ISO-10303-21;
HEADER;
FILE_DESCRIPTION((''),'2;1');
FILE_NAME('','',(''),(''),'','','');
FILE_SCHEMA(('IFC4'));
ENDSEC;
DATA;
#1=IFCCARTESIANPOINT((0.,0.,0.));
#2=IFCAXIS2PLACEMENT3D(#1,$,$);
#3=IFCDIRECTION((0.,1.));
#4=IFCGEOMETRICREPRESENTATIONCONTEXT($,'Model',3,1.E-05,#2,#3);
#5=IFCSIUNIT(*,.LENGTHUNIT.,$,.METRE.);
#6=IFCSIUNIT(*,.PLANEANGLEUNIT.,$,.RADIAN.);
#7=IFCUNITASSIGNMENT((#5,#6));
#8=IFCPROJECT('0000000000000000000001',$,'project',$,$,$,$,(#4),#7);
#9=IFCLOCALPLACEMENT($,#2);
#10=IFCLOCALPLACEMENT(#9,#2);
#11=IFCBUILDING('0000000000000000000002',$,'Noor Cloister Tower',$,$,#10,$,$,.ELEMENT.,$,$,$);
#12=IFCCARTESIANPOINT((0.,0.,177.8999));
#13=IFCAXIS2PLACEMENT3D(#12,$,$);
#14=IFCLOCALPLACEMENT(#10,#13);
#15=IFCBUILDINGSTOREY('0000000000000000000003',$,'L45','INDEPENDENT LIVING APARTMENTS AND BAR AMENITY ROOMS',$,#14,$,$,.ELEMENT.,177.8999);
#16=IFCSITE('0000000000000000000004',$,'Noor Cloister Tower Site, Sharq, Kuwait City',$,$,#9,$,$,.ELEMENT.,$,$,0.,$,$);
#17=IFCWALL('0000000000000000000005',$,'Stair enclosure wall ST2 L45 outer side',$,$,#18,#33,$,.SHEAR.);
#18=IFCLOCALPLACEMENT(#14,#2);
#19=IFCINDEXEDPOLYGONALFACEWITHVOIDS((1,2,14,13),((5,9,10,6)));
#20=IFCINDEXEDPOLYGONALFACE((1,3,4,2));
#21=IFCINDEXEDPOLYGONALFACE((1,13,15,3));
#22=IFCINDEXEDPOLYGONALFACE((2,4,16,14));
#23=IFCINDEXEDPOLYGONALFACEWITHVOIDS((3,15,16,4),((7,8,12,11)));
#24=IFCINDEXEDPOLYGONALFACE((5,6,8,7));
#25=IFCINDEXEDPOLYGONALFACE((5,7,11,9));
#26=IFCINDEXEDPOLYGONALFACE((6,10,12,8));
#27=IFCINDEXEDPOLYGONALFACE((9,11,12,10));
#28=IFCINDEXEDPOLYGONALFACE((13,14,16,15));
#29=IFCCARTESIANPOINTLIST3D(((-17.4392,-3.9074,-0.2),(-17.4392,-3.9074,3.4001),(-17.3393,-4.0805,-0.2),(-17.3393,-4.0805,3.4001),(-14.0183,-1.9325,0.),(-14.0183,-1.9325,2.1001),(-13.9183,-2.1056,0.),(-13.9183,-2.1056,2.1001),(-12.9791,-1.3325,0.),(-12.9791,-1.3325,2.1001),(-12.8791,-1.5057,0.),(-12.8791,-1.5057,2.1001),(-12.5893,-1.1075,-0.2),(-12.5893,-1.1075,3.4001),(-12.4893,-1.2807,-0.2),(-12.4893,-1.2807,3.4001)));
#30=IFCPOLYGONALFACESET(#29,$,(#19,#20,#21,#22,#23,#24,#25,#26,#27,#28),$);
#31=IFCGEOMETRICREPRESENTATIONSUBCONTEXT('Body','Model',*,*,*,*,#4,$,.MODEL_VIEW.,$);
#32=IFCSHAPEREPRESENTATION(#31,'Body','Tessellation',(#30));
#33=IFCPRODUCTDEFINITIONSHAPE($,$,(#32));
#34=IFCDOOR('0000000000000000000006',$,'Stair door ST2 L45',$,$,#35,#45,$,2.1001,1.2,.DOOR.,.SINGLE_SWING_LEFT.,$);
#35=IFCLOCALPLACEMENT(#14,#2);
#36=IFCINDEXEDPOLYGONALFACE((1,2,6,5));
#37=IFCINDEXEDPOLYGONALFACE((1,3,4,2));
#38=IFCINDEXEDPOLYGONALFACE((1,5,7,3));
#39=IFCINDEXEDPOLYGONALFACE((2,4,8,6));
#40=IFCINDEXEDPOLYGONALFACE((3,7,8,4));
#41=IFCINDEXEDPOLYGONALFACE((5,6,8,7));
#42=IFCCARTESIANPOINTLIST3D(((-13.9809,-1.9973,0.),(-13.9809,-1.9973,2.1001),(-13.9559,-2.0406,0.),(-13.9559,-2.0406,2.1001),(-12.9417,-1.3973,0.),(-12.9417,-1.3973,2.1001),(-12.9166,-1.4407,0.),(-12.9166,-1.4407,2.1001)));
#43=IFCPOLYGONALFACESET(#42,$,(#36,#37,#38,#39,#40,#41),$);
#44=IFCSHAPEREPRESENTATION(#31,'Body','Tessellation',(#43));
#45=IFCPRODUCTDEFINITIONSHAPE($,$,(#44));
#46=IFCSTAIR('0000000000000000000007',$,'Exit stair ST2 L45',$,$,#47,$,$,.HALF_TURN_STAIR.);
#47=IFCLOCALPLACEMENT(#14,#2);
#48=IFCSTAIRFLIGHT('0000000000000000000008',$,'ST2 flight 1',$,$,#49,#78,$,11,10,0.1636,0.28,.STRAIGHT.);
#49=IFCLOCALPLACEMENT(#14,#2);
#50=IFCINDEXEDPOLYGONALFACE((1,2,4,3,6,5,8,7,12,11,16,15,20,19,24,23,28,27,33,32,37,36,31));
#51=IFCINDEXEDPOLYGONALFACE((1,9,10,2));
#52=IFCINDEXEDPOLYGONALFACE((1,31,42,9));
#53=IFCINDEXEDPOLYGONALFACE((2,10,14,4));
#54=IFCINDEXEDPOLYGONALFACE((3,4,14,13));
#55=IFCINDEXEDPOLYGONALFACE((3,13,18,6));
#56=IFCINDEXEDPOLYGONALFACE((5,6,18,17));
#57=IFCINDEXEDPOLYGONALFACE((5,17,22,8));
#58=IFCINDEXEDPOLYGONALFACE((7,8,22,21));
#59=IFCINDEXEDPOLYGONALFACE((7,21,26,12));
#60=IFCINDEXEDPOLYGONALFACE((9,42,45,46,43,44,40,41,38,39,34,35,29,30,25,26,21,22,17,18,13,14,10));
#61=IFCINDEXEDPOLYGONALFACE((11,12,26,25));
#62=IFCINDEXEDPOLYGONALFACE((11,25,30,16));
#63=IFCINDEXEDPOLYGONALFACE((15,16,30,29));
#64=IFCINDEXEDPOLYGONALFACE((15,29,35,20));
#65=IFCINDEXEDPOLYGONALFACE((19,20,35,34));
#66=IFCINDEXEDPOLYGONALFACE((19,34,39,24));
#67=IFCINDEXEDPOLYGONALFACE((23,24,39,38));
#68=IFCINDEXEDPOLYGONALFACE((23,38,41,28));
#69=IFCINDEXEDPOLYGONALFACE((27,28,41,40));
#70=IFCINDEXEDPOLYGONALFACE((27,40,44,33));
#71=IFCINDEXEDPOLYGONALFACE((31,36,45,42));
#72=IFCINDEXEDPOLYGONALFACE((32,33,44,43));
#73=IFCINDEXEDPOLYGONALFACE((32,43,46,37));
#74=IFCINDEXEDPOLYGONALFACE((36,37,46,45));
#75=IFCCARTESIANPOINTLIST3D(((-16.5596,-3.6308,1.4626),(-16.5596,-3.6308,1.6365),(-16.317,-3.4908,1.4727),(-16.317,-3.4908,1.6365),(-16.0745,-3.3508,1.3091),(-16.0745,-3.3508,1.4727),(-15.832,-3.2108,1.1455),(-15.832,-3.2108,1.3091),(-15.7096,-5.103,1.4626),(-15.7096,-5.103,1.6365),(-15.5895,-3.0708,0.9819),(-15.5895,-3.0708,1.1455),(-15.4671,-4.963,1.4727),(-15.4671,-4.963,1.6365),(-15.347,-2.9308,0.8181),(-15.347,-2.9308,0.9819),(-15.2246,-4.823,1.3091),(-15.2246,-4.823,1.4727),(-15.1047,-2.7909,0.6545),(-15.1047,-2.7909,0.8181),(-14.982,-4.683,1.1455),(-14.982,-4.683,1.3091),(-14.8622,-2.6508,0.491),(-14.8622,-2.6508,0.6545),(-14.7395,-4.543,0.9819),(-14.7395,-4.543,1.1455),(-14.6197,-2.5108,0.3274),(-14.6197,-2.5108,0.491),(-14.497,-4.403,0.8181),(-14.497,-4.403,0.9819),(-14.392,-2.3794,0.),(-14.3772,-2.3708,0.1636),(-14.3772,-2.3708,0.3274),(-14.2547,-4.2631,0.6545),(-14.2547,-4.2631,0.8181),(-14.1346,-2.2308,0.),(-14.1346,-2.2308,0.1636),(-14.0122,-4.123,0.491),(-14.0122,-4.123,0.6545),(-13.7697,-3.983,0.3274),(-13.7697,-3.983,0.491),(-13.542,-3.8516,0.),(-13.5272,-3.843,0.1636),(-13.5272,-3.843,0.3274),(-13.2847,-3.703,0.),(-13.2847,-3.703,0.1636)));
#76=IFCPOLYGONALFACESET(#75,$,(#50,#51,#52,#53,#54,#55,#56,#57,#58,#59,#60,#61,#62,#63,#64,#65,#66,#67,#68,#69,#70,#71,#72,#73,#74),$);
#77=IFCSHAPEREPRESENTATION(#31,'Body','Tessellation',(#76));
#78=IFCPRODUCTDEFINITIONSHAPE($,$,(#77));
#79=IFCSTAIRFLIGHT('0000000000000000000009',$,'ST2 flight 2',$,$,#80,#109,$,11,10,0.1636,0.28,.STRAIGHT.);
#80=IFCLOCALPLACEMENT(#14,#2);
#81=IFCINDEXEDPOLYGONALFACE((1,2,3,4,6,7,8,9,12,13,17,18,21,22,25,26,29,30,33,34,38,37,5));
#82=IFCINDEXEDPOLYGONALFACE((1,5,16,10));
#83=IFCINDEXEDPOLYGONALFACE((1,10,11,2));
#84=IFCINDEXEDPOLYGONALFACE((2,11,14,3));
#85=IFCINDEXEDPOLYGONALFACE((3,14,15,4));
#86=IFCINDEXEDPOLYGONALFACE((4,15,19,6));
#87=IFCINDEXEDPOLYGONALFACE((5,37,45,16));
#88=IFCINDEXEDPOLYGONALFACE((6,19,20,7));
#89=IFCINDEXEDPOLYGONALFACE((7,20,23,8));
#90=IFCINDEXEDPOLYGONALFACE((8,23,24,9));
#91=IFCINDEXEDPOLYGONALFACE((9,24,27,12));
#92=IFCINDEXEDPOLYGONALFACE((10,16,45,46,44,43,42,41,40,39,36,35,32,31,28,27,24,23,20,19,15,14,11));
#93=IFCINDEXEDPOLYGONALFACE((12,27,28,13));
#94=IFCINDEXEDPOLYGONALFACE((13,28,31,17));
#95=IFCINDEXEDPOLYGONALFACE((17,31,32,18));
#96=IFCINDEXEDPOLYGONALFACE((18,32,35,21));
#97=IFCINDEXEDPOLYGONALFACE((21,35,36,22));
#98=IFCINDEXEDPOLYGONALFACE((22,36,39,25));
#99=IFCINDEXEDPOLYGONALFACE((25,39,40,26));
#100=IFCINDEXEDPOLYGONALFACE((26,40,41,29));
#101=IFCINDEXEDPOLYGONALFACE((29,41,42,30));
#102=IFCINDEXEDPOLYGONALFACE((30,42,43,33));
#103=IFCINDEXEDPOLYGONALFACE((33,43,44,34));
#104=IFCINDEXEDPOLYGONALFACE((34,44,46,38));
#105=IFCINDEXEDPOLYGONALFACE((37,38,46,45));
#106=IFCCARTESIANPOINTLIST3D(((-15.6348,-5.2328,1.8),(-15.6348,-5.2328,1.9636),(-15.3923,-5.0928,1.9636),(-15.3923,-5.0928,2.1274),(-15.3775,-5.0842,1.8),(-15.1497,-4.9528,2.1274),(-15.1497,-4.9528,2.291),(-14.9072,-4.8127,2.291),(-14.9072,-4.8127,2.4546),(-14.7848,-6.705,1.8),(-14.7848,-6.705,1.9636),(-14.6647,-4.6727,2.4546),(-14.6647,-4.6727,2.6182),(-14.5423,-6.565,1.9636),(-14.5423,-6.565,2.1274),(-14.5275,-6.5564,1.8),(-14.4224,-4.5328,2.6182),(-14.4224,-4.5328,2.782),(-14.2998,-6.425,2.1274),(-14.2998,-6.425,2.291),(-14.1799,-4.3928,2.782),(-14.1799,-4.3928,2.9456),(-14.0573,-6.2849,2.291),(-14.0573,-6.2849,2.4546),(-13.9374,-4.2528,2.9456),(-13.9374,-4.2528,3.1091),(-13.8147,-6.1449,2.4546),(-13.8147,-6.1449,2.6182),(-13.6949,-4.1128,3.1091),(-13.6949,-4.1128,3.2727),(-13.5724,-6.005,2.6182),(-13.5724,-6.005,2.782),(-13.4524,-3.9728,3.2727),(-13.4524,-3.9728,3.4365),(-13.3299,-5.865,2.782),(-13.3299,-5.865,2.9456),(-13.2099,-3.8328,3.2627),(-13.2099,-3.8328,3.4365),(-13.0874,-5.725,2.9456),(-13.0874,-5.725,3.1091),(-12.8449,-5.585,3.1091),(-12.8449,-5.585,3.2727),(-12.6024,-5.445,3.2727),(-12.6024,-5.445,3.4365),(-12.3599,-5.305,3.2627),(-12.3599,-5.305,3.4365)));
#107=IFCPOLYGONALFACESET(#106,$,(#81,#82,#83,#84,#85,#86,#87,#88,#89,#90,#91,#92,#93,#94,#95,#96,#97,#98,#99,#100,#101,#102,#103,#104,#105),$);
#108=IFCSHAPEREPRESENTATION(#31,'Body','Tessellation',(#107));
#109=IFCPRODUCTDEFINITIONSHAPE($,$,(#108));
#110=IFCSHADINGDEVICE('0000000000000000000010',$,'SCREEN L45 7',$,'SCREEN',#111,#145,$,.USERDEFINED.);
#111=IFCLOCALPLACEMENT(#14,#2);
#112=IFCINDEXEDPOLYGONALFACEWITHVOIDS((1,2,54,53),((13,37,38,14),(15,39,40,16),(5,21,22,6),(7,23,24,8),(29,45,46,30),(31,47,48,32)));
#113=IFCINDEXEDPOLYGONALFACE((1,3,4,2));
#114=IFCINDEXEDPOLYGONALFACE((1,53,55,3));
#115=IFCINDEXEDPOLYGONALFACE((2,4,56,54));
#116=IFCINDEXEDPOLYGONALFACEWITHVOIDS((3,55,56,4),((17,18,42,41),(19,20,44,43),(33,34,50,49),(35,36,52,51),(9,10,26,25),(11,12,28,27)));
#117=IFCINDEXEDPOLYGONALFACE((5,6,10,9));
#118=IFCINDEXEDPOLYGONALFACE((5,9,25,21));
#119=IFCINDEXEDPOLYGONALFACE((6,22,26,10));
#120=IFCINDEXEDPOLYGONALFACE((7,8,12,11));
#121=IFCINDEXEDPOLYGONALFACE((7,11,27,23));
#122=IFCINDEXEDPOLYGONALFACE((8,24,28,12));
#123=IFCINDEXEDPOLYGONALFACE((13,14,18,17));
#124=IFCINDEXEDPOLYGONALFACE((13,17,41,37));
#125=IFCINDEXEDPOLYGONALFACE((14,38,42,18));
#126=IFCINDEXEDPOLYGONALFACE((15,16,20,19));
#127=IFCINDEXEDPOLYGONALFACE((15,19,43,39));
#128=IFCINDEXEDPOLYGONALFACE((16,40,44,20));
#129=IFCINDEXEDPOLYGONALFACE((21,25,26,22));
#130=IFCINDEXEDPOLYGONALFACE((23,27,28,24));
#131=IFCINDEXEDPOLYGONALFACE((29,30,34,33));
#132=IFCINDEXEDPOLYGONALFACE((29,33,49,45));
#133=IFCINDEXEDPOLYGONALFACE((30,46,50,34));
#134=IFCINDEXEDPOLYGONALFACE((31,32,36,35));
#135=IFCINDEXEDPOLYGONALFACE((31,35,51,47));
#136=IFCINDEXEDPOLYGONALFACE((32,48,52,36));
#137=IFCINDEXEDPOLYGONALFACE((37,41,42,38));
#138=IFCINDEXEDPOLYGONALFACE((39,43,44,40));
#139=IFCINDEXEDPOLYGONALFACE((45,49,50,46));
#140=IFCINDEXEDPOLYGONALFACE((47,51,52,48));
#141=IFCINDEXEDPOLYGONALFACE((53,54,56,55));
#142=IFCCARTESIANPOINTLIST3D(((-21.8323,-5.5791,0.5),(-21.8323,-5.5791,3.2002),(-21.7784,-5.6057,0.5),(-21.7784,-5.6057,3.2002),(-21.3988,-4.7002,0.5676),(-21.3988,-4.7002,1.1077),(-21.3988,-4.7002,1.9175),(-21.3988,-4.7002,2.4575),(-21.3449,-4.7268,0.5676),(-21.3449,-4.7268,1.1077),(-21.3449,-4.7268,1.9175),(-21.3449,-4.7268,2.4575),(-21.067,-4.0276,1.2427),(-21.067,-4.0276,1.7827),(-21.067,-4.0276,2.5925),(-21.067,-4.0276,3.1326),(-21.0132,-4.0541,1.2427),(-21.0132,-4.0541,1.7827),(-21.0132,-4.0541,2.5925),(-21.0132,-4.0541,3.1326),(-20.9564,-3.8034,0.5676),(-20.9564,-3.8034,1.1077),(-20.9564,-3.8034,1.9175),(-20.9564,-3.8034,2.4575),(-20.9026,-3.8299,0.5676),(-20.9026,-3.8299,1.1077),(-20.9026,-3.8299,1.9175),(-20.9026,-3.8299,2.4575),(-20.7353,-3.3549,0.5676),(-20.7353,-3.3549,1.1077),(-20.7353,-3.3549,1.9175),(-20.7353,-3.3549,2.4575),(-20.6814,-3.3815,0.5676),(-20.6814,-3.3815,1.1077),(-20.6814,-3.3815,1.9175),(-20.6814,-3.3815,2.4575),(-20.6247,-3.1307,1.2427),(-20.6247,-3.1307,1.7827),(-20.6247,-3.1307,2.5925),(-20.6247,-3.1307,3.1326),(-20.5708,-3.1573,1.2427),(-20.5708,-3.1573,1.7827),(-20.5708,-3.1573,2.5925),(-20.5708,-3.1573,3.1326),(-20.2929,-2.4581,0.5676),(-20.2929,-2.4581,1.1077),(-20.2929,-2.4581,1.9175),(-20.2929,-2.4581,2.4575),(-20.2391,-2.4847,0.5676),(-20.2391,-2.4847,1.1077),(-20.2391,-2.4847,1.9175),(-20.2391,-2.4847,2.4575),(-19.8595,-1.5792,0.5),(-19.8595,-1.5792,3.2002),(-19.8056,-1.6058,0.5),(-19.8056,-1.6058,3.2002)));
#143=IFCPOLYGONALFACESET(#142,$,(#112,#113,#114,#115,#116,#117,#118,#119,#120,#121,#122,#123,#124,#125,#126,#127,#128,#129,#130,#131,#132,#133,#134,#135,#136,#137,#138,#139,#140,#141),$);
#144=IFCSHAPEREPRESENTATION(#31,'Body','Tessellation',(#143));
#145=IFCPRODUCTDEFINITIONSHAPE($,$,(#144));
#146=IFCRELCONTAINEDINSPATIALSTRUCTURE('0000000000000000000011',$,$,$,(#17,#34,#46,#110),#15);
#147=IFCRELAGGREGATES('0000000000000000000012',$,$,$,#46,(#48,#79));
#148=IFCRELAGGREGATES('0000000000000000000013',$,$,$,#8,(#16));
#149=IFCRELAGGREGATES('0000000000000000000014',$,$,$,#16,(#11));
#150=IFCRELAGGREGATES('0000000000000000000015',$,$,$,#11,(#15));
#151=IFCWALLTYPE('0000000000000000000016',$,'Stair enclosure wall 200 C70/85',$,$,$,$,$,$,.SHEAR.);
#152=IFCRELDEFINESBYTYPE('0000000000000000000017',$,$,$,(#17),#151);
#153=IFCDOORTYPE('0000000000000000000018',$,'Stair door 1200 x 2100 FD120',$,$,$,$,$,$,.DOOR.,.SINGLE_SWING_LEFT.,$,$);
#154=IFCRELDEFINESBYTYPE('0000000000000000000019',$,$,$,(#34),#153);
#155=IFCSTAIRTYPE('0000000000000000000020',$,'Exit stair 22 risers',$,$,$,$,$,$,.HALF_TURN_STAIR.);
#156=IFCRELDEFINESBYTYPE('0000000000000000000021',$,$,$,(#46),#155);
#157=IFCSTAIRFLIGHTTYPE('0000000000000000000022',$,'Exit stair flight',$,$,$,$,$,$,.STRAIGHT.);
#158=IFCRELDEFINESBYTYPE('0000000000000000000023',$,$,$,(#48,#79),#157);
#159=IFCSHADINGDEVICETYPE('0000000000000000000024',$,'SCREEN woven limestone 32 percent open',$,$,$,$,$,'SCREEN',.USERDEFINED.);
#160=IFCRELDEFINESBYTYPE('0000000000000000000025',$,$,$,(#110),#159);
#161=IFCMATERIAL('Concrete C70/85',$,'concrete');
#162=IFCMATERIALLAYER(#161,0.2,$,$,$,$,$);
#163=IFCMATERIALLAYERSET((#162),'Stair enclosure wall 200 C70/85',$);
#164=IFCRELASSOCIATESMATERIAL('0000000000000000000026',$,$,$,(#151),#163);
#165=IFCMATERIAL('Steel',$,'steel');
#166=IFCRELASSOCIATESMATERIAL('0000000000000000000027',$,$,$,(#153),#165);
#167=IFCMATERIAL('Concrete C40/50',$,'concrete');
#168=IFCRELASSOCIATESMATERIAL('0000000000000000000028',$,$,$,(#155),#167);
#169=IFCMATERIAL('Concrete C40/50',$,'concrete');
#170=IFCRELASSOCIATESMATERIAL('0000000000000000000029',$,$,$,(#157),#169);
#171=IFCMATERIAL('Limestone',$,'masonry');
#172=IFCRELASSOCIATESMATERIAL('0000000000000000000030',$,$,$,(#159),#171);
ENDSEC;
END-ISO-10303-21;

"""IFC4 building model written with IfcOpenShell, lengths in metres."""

from ifc_helpers import new_model, si_unit, direction, frame, frame_2d, origin, place, context, subcontext, project, spatial, polyline, rectangle, outline, extrude, material, layer, layer_set, material_profile, profile_set, type_object, element, fill, aggregate, save


model = new_model("IFC4")

# Units and contexts
model_context = context("Model", 3, precision=1e-05, world=origin(), true_north=direction((0.0, 1.0)))
body_context = subcontext(model_context, "Body", "Model", "MODEL_VIEW")
ifc_project = project(units=[si_unit("LENGTHUNIT", "METRE"), si_unit("PLANEANGLEUNIT", "RADIAN")], contexts=[model_context])

# Site, building, storey
site_placement = place(None, origin())
site = spatial("IfcSite", under=ifc_project, at=site_placement, Name="Noor Cloister Tower Site, Sharq, Kuwait City", CompositionType="ELEMENT", RefElevation=0.0)
building_placement = place(site_placement, origin())
building = spatial("IfcBuilding", under=site, at=building_placement, Name="Noor Cloister Tower", CompositionType="ELEMENT")
storey_placement = place(building_placement, frame((0.0, 0.0, 177.8999)))
storey = spatial("IfcBuildingStorey", under=building, at=storey_placement, Name="L45", Description="INDEPENDENT LIVING APARTMENTS AND BAR AMENITY ROOMS", CompositionType="ELEMENT", Elevation=177.8999)

# Wall, opening, door
ifc_material_1 = material(Name="Concrete C70/85", Category="concrete")
ifc_layer_1 = layer(ifc_material_1, 0.2)
ifc_layer_set_1 = layer_set([ifc_layer_1], Name="Stair enclosure wall 200 C70/85")
wall_type_1 = type_object("IfcWallType", Name="Stair enclosure wall 200 C70/85", PredefinedType="SHEAR", material=ifc_layer_set_1)
ifc_material_2 = material(Name="Steel", Category="steel")
door_type_1 = type_object("IfcDoorType", Name="Stair door 1200 x 2100 FD120", OperationType="SINGLE_SWING_LEFT", PredefinedType="DOOR", material=ifc_material_2)
wall_1_placement = place(storey_placement, frame((-12.5393, -1.1941, -0.2), z_axis=(0.0, 0.0, 1.0), x_axis=(-0.866045, -0.499965, 0.0)))
wall_1 = element("IfcWall", 1, at=wall_1_placement, inside=storey, type_object=wall_type_1, Name="Stair enclosure wall ST2 L45 outer side", PredefinedType="SHEAR", context=body_context, shape_type="SweptSolid", body=[
    extrude(rectangle(XDim=5.6001, YDim=0.2, at=frame_2d((2.8, 0.0))), origin(), (0.0, 0.0, 1.0), 3.6001),
])
opening_1_placement = place(wall_1_placement, frame((0.45, 0.0, 0.2)))
opening_1 = element("IfcOpeningElement", 2, at=opening_1_placement, cuts=wall_1, PredefinedType="OPENING", context=body_context, shape_type="SweptSolid", body=[
    extrude(rectangle(XDim=1.2, YDim=2.1001, at=frame_2d((0.6001, 1.05))), frame((0.0, 0.1099, 0.0), z_axis=(0.0, -1.0, 0.0), x_axis=(1.0, 0.0, 0.0)), (0.0, 0.0, 1.0), 0.22),
])
door_1_placement = place(opening_1_placement, origin())
door_1 = element("IfcDoor", 3, at=door_1_placement, inside=storey, type_object=door_type_1, Name="Stair door ST2 L45", OperationType="SINGLE_SWING_LEFT", OverallHeight=2.1001, OverallWidth=1.2, PredefinedType="DOOR", context=body_context, shape_type="SweptSolid", body=[
    extrude(rectangle(XDim=1.2, YDim=2.1001, at=frame_2d((0.6001, 1.05))), frame((0.0, 0.0249, 0.0), z_axis=(0.0, -1.0, 0.0), x_axis=(1.0, 0.0, 0.0)), (0.0, 0.0, 1.0), 0.05),
])
fill(opening_1, door_1)

# Stair, stair flights
ifc_material_3 = material(Name="Concrete C40/50", Category="concrete")
stair_type = type_object("IfcStairType", Name="Exit stair 22 risers", PredefinedType="HALF_TURN_STAIR", material=ifc_material_3)
stair_placement = place(storey_placement, origin())
stair = element("IfcStair", 4, at=stair_placement, inside=storey, type_object=stair_type, Name="Exit stair ST2 L45", PredefinedType="HALF_TURN_STAIR")
ifc_material_4 = material(Name="Concrete C40/50", Category="concrete")
stair_flight_type = type_object("IfcStairFlightType", Name="Exit stair flight", PredefinedType="STRAIGHT", material=ifc_material_4)
stair_flight_1_placement = place(storey_placement, frame((-13.7097, -2.9668, 0.0), z_axis=(0.0, 0.0, 1.0), x_axis=(-0.866025, -0.5, 0.0)))
stair_flight_1 = element("IfcStairFlight", 5, at=stair_flight_1_placement, type_object=stair_flight_type, Name="ST2 flight 1", NumberOfRisers=11, NumberOfTreads=10, PredefinedType="STRAIGHT", RiserHeight=0.1636, TreadLength=0.28, context=body_context, shape_type="SweptSolid", body=[
    extrude(outline(polyline([(0.0, 0.0), (0.0, 0.1636), (0.28, 0.1636), (0.28, 0.3274), (0.5601, 0.3274), (0.5601, 0.491), (0.8401, 0.491), (0.8401, 0.6545), (1.1201, 0.6545), (1.1201, 0.8181), (1.3999, 0.8181), (1.3999, 0.9819), (1.6799, 0.9819), (1.6799, 1.1455), (1.96, 1.1455), (1.96, 1.3091), (2.24, 1.3091), (2.24, 1.4727), (2.52, 1.4727), (2.52, 1.6365), (2.8, 1.6365), (2.8, 1.8), (2.8, 1.4626), (0.2971, 0.0), (0.0, 0.0)])), frame((0.0, 0.8501, 0.0), z_axis=(0.0, -1.0, 0.0), x_axis=(1.0, 0.0, 0.0)), (0.0, 0.0, 1.0), 1.7),
])
stair_flight_2_placement = place(storey_placement, frame((-15.2097, -5.969, 1.8), z_axis=(0.0, 0.0, 1.0), x_axis=(0.866025, 0.5, 0.0)))
stair_flight_2 = element("IfcStairFlight", 6, at=stair_flight_2_placement, type_object=stair_flight_type, Name="ST2 flight 2", NumberOfRisers=11, NumberOfTreads=10, PredefinedType="STRAIGHT", RiserHeight=0.1636, TreadLength=0.28, context=body_context, shape_type="SweptSolid", body=[
    extrude(outline(polyline([(0.0, 0.0), (0.0, 0.1636), (0.28, 0.1636), (0.28, 0.3274), (0.5601, 0.3274), (0.5601, 0.491), (0.8401, 0.491), (0.8401, 0.6545), (1.1201, 0.6545), (1.1201, 0.8181), (1.3999, 0.8181), (1.3999, 0.9819), (1.6799, 0.9819), (1.6799, 1.1455), (1.96, 1.1455), (1.96, 1.3091), (2.24, 1.3091), (2.24, 1.4727), (2.52, 1.4727), (2.52, 1.6365), (2.8, 1.6365), (2.8, 1.8), (2.8, 1.4626), (0.2971, 0.0), (0.0, 0.0)])), frame((0.0, 0.8501, 0.0), z_axis=(0.0, -1.0, 0.0), x_axis=(1.0, 0.0, 0.0)), (0.0, 0.0, 1.0), 1.7),
])
aggregate(stair, [stair_flight_1, stair_flight_2])

# Shading device
ifc_material_5 = material(Name="Limestone", Category="masonry")
ifc_material_profile_1 = material_profile(ifc_material_5, outline(polyline([(-2.23, -1.3501), (2.23, -1.3501), (2.23, 1.3501), (-2.23, 1.3501), (-2.23, -1.3501)]), holes=[polyline([(-1.25, -1.2825), (-0.25, -1.2825), (-0.25, -0.7424), (-1.25, -0.7424), (-1.25, -1.2825)]), polyline([(0.25, -1.2825), (1.25, -1.2825), (1.25, -0.7424), (0.25, -0.7424), (0.25, -1.2825)]), polyline([(-0.5, -0.6074), (0.5, -0.6074), (0.5, -0.0674), (-0.5, -0.0674), (-0.5, -0.6074)]), polyline([(-1.25, 0.0674), (-0.25, 0.0674), (-0.25, 0.6074), (-1.25, 0.6074), (-1.25, 0.0674)]), polyline([(0.25, 0.0674), (1.25, 0.0674), (1.25, 0.6074), (0.25, 0.6074), (0.25, 0.0674)]), polyline([(-0.5, 0.7424), (0.5, 0.7424), (0.5, 1.2825), (-0.5, 1.2825), (-0.5, 0.7424)])]), Name="Woven screen 32 percent open")
ifc_profile_set_1 = profile_set([ifc_material_profile_1], Name="Limestone")
shading_device_type = type_object("IfcShadingDeviceType", Name="SCREEN woven limestone 32 percent open", ElementType="SCREEN", PredefinedType="USERDEFINED", material=ifc_profile_set_1)
shading_device_placement = place(storey_placement, frame((-20.792, -3.6057, 1.8501), z_axis=(-0.896849, 0.442337, 0.0), x_axis=(-0.442337, -0.896849, 0.0)))
element("IfcShadingDevice", 7, at=shading_device_placement, inside=storey, type_object=shading_device_type, Name="SCREEN L45 7", ObjectType="SCREEN", PredefinedType="USERDEFINED", context=body_context, shape_type="SweptSolid", body=[
    extrude(outline(polyline([(-2.23, -1.3501), (2.23, -1.3501), (2.23, 1.3501), (-2.23, 1.3501), (-2.23, -1.3501)]), holes=[polyline([(-1.25, -1.2825), (-0.25, -1.2825), (-0.25, -0.7424), (-1.25, -0.7424), (-1.25, -1.2825)]), polyline([(0.25, -1.2825), (1.25, -1.2825), (1.25, -0.7424), (0.25, -0.7424), (0.25, -1.2825)]), polyline([(-0.5, -0.6074), (0.5, -0.6074), (0.5, -0.0674), (-0.5, -0.0674), (-0.5, -0.6074)]), polyline([(-1.25, 0.0674), (-0.25, 0.0674), (-0.25, 0.6074), (-1.25, 0.6074), (-1.25, 0.0674)]), polyline([(0.25, 0.0674), (1.25, 0.0674), (1.25, 0.6074), (0.25, 0.6074), (0.25, 0.0674)]), polyline([(-0.5, 0.7424), (0.5, 0.7424), (0.5, 1.2825), (-0.5, 1.2825), (-0.5, 0.7424)])]), origin(), (0.0, 0.0, 1.0), 0.0601),
])

save(model, "model.ifc")
